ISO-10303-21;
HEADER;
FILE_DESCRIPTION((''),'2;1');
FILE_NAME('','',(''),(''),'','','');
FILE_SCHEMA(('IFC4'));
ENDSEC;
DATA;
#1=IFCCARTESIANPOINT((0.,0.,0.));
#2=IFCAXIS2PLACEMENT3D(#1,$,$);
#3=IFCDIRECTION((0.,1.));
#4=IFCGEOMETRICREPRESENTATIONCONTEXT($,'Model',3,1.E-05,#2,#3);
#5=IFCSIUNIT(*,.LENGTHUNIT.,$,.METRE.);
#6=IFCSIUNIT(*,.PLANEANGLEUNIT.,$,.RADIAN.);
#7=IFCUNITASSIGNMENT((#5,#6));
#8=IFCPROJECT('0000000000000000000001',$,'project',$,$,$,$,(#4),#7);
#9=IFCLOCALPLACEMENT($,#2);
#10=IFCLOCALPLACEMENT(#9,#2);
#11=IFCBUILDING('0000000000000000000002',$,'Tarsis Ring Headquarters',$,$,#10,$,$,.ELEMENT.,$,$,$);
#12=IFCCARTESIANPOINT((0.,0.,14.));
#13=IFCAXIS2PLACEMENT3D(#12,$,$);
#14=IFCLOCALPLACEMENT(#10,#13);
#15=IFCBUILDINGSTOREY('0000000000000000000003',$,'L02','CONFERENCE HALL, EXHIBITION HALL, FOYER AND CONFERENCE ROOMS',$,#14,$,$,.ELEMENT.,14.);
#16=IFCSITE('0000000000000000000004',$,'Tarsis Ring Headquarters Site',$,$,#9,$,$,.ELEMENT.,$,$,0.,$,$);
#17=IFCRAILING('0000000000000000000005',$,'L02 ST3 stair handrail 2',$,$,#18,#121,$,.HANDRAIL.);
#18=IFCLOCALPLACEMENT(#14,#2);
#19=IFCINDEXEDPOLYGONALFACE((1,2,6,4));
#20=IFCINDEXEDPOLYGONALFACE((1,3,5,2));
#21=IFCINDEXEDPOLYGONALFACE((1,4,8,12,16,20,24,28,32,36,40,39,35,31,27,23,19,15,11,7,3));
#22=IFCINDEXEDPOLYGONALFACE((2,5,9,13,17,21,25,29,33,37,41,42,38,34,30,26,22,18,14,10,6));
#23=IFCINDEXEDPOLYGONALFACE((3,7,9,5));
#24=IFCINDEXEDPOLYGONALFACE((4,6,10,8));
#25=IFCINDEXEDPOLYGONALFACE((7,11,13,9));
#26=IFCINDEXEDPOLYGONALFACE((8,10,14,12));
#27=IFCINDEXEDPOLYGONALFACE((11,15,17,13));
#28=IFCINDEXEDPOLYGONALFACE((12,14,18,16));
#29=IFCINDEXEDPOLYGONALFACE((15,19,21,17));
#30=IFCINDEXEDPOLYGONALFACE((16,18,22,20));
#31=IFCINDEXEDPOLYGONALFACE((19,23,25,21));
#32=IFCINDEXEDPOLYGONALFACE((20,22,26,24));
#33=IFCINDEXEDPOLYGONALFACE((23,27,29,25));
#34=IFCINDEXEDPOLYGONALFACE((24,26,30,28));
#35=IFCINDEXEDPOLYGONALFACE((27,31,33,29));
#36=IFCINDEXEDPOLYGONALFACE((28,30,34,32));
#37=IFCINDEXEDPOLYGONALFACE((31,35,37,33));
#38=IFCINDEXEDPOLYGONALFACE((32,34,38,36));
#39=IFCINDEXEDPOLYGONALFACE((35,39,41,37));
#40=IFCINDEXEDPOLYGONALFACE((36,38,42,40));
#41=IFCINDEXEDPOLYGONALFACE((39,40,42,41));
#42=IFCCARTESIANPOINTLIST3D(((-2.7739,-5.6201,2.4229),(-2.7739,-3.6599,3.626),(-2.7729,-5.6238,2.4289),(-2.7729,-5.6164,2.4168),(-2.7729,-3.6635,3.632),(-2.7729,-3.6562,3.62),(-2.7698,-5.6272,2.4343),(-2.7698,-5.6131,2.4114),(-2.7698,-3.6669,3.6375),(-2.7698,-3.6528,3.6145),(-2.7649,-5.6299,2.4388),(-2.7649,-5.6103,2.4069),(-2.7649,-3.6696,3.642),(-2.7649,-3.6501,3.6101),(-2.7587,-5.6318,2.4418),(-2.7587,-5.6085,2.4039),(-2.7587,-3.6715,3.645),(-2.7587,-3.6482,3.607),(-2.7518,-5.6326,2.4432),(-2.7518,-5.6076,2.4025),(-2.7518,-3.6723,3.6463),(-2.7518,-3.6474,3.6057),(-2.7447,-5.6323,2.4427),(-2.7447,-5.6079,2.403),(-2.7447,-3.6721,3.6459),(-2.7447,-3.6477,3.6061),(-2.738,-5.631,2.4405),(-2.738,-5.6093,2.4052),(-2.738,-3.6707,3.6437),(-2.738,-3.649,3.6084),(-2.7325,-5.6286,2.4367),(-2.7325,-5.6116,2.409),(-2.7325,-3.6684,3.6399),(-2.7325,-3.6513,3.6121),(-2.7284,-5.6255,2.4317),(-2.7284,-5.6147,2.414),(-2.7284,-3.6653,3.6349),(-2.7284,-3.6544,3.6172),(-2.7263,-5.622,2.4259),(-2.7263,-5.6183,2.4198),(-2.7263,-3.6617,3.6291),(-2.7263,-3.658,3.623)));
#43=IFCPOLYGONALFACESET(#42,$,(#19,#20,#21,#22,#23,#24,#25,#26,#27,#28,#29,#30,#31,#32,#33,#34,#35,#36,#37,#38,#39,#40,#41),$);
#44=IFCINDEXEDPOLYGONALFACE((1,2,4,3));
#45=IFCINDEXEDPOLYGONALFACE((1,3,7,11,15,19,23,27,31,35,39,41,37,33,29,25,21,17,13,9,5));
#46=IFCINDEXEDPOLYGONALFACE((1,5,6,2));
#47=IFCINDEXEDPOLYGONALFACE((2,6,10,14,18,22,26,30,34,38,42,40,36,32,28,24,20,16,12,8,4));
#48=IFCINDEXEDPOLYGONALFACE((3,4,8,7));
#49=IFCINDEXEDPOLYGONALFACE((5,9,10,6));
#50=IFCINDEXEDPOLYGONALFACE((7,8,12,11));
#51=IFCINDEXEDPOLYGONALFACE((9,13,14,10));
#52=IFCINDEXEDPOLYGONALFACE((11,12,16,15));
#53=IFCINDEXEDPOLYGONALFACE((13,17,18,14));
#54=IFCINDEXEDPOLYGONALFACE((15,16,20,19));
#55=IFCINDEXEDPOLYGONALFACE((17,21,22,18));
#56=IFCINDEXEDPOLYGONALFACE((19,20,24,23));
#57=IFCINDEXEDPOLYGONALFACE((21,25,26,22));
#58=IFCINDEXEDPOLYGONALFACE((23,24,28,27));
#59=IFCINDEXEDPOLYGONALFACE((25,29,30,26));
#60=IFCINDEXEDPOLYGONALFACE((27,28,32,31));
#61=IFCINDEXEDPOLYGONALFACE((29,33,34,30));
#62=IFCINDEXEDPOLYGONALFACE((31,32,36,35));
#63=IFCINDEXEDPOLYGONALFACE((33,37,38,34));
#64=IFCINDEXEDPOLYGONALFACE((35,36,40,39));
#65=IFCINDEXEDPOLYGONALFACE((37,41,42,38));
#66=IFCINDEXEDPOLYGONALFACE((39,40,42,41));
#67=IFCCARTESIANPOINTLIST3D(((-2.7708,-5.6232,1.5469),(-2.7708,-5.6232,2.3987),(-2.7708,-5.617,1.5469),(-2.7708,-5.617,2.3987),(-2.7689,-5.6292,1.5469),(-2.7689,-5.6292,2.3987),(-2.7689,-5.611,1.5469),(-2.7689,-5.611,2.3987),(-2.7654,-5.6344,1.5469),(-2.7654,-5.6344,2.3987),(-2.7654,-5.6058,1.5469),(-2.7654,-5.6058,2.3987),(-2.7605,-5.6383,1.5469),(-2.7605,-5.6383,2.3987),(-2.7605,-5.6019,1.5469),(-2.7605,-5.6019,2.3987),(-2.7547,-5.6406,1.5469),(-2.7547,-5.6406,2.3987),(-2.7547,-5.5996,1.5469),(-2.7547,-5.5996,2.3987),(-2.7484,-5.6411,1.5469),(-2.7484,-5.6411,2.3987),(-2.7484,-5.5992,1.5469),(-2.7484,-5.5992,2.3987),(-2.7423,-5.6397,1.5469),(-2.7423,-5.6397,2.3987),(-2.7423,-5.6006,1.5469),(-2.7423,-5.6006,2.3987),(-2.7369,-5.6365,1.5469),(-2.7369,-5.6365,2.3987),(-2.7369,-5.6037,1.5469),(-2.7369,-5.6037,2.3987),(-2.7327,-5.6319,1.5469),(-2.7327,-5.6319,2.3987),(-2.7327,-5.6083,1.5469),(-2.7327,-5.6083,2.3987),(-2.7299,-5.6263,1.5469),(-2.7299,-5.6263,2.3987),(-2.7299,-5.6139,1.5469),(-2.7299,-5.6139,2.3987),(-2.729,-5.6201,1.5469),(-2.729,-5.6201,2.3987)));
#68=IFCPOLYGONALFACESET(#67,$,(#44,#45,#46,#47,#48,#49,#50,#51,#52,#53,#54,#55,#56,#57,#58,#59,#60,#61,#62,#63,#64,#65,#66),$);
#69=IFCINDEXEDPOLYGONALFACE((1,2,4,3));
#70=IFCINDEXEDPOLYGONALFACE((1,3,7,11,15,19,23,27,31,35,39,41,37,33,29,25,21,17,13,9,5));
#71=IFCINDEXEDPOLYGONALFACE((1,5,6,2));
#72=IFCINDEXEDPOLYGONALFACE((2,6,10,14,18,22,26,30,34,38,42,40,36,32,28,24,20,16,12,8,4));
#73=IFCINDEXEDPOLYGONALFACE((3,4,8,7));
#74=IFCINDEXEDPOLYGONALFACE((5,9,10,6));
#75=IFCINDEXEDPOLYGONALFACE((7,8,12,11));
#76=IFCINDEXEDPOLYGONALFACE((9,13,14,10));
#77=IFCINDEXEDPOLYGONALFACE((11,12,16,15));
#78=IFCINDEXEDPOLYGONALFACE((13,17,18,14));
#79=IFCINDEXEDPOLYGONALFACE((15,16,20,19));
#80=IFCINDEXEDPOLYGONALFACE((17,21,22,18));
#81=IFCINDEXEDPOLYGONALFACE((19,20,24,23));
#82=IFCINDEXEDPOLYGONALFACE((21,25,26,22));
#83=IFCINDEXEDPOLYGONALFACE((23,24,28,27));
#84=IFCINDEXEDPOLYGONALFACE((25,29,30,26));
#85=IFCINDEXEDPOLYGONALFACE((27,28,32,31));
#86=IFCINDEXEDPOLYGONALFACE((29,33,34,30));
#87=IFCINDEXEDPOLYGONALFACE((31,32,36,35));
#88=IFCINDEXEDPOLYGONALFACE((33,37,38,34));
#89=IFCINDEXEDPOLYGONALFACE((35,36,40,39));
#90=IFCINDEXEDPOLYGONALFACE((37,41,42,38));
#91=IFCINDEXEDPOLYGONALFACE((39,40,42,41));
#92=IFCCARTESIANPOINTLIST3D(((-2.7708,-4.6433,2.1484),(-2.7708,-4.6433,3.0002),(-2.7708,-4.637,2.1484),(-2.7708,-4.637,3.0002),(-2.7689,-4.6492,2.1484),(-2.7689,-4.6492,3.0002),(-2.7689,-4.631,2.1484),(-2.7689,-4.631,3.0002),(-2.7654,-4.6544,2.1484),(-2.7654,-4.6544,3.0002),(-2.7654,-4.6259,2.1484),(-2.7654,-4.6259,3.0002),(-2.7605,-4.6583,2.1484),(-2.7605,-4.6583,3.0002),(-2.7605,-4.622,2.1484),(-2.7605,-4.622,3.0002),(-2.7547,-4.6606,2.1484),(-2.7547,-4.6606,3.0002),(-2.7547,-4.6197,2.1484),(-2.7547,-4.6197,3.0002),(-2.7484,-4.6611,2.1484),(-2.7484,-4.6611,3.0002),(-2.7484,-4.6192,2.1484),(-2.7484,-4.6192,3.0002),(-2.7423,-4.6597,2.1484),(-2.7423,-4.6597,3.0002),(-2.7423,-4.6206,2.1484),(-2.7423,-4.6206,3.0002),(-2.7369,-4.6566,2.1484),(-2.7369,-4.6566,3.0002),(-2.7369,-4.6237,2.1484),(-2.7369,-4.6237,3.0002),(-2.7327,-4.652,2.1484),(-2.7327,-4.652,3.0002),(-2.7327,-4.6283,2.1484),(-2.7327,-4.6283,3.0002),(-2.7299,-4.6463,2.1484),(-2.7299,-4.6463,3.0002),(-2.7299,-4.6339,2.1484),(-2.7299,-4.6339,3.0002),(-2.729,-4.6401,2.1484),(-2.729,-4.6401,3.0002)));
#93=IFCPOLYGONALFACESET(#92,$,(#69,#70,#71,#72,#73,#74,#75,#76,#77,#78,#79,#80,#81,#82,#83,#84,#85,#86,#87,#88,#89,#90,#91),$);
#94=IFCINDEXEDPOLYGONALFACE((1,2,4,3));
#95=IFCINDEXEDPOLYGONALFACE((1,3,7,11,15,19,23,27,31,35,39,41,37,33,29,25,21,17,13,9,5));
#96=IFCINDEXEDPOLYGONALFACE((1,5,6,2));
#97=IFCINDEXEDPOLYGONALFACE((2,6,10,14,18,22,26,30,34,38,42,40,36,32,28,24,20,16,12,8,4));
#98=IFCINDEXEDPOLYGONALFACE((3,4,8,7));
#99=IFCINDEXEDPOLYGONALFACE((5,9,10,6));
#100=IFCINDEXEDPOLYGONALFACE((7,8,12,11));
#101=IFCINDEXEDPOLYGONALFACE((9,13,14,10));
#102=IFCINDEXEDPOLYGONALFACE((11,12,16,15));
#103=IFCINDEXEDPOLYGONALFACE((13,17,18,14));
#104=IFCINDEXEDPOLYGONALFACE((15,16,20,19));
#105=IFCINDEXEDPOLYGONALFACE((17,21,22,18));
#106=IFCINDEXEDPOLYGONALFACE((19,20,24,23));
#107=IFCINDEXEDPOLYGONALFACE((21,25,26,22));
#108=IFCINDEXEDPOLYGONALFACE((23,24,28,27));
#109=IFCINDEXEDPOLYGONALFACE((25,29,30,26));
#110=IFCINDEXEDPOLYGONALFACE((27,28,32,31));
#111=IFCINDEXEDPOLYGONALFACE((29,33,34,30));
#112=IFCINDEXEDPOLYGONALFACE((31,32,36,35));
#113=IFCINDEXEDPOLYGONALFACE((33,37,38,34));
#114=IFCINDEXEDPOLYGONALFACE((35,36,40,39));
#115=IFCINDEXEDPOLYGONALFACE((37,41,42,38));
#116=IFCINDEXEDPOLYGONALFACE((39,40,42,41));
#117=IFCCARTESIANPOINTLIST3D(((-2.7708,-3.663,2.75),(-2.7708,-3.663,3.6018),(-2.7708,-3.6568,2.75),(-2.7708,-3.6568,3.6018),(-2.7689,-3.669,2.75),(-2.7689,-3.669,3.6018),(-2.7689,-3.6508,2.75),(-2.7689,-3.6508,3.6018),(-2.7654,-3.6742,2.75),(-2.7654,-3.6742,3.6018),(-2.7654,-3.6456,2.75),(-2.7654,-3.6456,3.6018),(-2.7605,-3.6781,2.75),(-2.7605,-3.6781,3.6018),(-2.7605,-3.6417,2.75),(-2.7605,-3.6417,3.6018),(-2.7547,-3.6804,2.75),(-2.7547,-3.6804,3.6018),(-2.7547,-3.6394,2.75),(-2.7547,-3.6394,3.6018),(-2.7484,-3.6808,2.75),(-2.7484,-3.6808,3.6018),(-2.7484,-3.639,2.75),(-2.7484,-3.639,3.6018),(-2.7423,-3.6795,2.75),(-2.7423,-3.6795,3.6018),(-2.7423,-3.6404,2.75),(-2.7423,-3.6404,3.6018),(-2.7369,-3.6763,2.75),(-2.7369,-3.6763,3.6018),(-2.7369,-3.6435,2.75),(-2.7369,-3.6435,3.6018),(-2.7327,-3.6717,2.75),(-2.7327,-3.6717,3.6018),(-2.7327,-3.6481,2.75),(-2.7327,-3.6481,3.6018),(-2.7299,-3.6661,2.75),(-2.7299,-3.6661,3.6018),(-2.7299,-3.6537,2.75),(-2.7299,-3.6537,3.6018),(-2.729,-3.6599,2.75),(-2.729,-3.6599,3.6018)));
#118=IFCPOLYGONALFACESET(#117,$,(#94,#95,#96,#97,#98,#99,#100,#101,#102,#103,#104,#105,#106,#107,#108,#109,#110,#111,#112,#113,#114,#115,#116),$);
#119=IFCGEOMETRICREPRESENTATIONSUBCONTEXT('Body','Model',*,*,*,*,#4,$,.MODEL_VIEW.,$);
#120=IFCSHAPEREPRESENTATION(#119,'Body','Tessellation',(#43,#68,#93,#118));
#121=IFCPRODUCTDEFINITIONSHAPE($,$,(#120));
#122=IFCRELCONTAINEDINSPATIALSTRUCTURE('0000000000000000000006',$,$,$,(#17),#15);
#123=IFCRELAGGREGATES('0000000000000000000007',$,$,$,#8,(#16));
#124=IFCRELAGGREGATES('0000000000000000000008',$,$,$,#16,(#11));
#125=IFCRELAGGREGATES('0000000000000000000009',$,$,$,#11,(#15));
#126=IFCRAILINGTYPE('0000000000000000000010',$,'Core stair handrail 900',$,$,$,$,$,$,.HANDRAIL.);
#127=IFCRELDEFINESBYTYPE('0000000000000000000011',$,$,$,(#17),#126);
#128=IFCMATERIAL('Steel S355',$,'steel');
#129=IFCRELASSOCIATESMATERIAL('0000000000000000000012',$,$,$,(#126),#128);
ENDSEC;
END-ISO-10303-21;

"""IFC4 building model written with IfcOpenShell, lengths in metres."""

from ifc_helpers import new_model, si_unit, direction, frame, origin, origin_2d, place, context, subcontext, project, spatial, circle, extrude, material, type_object, element, save


model = new_model("IFC4")

# Units and contexts
model_context = context("Model", 3, precision=1e-05, world=origin(), true_north=direction((0.0, 1.0)))
body_context = subcontext(model_context, "Body", "Model", "MODEL_VIEW")
ifc_project = project(units=[si_unit("LENGTHUNIT", "METRE"), si_unit("PLANEANGLEUNIT", "RADIAN")], contexts=[model_context])

# Site, building, storey
site_placement = place(None, origin())
site = spatial("IfcSite", under=ifc_project, at=site_placement, Name="Tarsis Ring Headquarters Site", CompositionType="ELEMENT", RefElevation=0.0)
building_placement = place(site_placement, origin())
building = spatial("IfcBuilding", under=site, at=building_placement, Name="Tarsis Ring Headquarters", CompositionType="ELEMENT")
storey_placement = place(building_placement, frame((0.0, 0.0, 14.0)))
storey = spatial("IfcBuildingStorey", under=building, at=storey_placement, Name="L02", Description="CONFERENCE HALL, EXHIBITION HALL, FOYER AND CONFERENCE ROOMS", CompositionType="ELEMENT", Elevation=14.0)

# Railing
ifc_material_1 = material(Name="Steel S355", Category="steel")
railing_type_1 = type_object("IfcRailingType", Name="Core stair handrail 900", PredefinedType="HANDRAIL", material=ifc_material_1)
railing_1_placement = place(storey_placement, frame((-2.75, -5.6201, 1.5469)))
element("IfcRailing", 1, at=railing_1_placement, inside=storey, type_object=railing_type_1, Name="L02 ST3 stair handrail 2", PredefinedType="HANDRAIL", context=body_context, shape_type="SweptSolid", body=[
    extrude(circle(Radius=0.0239, at=origin_2d()), frame((0.0, 0.0, 0.876), z_axis=(0.0, 0.85227, 0.523102), x_axis=(-1.0, 0.0, 0.0)), (0.0, 0.0, 1.0), 2.3),
    extrude(circle(Radius=0.021, at=origin_2d()), origin(), (0.0, 0.0, 1.0), 0.8518),
    extrude(circle(Radius=0.021, at=origin_2d()), frame((0.0, 0.98, 0.6016)), (0.0, 0.0, 1.0), 0.8518),
    extrude(circle(Radius=0.021, at=origin_2d()), frame((0.0, 1.9602, 1.2031)), (0.0, 0.0, 1.0), 0.8518),
])

save(model, "model.ifc")
